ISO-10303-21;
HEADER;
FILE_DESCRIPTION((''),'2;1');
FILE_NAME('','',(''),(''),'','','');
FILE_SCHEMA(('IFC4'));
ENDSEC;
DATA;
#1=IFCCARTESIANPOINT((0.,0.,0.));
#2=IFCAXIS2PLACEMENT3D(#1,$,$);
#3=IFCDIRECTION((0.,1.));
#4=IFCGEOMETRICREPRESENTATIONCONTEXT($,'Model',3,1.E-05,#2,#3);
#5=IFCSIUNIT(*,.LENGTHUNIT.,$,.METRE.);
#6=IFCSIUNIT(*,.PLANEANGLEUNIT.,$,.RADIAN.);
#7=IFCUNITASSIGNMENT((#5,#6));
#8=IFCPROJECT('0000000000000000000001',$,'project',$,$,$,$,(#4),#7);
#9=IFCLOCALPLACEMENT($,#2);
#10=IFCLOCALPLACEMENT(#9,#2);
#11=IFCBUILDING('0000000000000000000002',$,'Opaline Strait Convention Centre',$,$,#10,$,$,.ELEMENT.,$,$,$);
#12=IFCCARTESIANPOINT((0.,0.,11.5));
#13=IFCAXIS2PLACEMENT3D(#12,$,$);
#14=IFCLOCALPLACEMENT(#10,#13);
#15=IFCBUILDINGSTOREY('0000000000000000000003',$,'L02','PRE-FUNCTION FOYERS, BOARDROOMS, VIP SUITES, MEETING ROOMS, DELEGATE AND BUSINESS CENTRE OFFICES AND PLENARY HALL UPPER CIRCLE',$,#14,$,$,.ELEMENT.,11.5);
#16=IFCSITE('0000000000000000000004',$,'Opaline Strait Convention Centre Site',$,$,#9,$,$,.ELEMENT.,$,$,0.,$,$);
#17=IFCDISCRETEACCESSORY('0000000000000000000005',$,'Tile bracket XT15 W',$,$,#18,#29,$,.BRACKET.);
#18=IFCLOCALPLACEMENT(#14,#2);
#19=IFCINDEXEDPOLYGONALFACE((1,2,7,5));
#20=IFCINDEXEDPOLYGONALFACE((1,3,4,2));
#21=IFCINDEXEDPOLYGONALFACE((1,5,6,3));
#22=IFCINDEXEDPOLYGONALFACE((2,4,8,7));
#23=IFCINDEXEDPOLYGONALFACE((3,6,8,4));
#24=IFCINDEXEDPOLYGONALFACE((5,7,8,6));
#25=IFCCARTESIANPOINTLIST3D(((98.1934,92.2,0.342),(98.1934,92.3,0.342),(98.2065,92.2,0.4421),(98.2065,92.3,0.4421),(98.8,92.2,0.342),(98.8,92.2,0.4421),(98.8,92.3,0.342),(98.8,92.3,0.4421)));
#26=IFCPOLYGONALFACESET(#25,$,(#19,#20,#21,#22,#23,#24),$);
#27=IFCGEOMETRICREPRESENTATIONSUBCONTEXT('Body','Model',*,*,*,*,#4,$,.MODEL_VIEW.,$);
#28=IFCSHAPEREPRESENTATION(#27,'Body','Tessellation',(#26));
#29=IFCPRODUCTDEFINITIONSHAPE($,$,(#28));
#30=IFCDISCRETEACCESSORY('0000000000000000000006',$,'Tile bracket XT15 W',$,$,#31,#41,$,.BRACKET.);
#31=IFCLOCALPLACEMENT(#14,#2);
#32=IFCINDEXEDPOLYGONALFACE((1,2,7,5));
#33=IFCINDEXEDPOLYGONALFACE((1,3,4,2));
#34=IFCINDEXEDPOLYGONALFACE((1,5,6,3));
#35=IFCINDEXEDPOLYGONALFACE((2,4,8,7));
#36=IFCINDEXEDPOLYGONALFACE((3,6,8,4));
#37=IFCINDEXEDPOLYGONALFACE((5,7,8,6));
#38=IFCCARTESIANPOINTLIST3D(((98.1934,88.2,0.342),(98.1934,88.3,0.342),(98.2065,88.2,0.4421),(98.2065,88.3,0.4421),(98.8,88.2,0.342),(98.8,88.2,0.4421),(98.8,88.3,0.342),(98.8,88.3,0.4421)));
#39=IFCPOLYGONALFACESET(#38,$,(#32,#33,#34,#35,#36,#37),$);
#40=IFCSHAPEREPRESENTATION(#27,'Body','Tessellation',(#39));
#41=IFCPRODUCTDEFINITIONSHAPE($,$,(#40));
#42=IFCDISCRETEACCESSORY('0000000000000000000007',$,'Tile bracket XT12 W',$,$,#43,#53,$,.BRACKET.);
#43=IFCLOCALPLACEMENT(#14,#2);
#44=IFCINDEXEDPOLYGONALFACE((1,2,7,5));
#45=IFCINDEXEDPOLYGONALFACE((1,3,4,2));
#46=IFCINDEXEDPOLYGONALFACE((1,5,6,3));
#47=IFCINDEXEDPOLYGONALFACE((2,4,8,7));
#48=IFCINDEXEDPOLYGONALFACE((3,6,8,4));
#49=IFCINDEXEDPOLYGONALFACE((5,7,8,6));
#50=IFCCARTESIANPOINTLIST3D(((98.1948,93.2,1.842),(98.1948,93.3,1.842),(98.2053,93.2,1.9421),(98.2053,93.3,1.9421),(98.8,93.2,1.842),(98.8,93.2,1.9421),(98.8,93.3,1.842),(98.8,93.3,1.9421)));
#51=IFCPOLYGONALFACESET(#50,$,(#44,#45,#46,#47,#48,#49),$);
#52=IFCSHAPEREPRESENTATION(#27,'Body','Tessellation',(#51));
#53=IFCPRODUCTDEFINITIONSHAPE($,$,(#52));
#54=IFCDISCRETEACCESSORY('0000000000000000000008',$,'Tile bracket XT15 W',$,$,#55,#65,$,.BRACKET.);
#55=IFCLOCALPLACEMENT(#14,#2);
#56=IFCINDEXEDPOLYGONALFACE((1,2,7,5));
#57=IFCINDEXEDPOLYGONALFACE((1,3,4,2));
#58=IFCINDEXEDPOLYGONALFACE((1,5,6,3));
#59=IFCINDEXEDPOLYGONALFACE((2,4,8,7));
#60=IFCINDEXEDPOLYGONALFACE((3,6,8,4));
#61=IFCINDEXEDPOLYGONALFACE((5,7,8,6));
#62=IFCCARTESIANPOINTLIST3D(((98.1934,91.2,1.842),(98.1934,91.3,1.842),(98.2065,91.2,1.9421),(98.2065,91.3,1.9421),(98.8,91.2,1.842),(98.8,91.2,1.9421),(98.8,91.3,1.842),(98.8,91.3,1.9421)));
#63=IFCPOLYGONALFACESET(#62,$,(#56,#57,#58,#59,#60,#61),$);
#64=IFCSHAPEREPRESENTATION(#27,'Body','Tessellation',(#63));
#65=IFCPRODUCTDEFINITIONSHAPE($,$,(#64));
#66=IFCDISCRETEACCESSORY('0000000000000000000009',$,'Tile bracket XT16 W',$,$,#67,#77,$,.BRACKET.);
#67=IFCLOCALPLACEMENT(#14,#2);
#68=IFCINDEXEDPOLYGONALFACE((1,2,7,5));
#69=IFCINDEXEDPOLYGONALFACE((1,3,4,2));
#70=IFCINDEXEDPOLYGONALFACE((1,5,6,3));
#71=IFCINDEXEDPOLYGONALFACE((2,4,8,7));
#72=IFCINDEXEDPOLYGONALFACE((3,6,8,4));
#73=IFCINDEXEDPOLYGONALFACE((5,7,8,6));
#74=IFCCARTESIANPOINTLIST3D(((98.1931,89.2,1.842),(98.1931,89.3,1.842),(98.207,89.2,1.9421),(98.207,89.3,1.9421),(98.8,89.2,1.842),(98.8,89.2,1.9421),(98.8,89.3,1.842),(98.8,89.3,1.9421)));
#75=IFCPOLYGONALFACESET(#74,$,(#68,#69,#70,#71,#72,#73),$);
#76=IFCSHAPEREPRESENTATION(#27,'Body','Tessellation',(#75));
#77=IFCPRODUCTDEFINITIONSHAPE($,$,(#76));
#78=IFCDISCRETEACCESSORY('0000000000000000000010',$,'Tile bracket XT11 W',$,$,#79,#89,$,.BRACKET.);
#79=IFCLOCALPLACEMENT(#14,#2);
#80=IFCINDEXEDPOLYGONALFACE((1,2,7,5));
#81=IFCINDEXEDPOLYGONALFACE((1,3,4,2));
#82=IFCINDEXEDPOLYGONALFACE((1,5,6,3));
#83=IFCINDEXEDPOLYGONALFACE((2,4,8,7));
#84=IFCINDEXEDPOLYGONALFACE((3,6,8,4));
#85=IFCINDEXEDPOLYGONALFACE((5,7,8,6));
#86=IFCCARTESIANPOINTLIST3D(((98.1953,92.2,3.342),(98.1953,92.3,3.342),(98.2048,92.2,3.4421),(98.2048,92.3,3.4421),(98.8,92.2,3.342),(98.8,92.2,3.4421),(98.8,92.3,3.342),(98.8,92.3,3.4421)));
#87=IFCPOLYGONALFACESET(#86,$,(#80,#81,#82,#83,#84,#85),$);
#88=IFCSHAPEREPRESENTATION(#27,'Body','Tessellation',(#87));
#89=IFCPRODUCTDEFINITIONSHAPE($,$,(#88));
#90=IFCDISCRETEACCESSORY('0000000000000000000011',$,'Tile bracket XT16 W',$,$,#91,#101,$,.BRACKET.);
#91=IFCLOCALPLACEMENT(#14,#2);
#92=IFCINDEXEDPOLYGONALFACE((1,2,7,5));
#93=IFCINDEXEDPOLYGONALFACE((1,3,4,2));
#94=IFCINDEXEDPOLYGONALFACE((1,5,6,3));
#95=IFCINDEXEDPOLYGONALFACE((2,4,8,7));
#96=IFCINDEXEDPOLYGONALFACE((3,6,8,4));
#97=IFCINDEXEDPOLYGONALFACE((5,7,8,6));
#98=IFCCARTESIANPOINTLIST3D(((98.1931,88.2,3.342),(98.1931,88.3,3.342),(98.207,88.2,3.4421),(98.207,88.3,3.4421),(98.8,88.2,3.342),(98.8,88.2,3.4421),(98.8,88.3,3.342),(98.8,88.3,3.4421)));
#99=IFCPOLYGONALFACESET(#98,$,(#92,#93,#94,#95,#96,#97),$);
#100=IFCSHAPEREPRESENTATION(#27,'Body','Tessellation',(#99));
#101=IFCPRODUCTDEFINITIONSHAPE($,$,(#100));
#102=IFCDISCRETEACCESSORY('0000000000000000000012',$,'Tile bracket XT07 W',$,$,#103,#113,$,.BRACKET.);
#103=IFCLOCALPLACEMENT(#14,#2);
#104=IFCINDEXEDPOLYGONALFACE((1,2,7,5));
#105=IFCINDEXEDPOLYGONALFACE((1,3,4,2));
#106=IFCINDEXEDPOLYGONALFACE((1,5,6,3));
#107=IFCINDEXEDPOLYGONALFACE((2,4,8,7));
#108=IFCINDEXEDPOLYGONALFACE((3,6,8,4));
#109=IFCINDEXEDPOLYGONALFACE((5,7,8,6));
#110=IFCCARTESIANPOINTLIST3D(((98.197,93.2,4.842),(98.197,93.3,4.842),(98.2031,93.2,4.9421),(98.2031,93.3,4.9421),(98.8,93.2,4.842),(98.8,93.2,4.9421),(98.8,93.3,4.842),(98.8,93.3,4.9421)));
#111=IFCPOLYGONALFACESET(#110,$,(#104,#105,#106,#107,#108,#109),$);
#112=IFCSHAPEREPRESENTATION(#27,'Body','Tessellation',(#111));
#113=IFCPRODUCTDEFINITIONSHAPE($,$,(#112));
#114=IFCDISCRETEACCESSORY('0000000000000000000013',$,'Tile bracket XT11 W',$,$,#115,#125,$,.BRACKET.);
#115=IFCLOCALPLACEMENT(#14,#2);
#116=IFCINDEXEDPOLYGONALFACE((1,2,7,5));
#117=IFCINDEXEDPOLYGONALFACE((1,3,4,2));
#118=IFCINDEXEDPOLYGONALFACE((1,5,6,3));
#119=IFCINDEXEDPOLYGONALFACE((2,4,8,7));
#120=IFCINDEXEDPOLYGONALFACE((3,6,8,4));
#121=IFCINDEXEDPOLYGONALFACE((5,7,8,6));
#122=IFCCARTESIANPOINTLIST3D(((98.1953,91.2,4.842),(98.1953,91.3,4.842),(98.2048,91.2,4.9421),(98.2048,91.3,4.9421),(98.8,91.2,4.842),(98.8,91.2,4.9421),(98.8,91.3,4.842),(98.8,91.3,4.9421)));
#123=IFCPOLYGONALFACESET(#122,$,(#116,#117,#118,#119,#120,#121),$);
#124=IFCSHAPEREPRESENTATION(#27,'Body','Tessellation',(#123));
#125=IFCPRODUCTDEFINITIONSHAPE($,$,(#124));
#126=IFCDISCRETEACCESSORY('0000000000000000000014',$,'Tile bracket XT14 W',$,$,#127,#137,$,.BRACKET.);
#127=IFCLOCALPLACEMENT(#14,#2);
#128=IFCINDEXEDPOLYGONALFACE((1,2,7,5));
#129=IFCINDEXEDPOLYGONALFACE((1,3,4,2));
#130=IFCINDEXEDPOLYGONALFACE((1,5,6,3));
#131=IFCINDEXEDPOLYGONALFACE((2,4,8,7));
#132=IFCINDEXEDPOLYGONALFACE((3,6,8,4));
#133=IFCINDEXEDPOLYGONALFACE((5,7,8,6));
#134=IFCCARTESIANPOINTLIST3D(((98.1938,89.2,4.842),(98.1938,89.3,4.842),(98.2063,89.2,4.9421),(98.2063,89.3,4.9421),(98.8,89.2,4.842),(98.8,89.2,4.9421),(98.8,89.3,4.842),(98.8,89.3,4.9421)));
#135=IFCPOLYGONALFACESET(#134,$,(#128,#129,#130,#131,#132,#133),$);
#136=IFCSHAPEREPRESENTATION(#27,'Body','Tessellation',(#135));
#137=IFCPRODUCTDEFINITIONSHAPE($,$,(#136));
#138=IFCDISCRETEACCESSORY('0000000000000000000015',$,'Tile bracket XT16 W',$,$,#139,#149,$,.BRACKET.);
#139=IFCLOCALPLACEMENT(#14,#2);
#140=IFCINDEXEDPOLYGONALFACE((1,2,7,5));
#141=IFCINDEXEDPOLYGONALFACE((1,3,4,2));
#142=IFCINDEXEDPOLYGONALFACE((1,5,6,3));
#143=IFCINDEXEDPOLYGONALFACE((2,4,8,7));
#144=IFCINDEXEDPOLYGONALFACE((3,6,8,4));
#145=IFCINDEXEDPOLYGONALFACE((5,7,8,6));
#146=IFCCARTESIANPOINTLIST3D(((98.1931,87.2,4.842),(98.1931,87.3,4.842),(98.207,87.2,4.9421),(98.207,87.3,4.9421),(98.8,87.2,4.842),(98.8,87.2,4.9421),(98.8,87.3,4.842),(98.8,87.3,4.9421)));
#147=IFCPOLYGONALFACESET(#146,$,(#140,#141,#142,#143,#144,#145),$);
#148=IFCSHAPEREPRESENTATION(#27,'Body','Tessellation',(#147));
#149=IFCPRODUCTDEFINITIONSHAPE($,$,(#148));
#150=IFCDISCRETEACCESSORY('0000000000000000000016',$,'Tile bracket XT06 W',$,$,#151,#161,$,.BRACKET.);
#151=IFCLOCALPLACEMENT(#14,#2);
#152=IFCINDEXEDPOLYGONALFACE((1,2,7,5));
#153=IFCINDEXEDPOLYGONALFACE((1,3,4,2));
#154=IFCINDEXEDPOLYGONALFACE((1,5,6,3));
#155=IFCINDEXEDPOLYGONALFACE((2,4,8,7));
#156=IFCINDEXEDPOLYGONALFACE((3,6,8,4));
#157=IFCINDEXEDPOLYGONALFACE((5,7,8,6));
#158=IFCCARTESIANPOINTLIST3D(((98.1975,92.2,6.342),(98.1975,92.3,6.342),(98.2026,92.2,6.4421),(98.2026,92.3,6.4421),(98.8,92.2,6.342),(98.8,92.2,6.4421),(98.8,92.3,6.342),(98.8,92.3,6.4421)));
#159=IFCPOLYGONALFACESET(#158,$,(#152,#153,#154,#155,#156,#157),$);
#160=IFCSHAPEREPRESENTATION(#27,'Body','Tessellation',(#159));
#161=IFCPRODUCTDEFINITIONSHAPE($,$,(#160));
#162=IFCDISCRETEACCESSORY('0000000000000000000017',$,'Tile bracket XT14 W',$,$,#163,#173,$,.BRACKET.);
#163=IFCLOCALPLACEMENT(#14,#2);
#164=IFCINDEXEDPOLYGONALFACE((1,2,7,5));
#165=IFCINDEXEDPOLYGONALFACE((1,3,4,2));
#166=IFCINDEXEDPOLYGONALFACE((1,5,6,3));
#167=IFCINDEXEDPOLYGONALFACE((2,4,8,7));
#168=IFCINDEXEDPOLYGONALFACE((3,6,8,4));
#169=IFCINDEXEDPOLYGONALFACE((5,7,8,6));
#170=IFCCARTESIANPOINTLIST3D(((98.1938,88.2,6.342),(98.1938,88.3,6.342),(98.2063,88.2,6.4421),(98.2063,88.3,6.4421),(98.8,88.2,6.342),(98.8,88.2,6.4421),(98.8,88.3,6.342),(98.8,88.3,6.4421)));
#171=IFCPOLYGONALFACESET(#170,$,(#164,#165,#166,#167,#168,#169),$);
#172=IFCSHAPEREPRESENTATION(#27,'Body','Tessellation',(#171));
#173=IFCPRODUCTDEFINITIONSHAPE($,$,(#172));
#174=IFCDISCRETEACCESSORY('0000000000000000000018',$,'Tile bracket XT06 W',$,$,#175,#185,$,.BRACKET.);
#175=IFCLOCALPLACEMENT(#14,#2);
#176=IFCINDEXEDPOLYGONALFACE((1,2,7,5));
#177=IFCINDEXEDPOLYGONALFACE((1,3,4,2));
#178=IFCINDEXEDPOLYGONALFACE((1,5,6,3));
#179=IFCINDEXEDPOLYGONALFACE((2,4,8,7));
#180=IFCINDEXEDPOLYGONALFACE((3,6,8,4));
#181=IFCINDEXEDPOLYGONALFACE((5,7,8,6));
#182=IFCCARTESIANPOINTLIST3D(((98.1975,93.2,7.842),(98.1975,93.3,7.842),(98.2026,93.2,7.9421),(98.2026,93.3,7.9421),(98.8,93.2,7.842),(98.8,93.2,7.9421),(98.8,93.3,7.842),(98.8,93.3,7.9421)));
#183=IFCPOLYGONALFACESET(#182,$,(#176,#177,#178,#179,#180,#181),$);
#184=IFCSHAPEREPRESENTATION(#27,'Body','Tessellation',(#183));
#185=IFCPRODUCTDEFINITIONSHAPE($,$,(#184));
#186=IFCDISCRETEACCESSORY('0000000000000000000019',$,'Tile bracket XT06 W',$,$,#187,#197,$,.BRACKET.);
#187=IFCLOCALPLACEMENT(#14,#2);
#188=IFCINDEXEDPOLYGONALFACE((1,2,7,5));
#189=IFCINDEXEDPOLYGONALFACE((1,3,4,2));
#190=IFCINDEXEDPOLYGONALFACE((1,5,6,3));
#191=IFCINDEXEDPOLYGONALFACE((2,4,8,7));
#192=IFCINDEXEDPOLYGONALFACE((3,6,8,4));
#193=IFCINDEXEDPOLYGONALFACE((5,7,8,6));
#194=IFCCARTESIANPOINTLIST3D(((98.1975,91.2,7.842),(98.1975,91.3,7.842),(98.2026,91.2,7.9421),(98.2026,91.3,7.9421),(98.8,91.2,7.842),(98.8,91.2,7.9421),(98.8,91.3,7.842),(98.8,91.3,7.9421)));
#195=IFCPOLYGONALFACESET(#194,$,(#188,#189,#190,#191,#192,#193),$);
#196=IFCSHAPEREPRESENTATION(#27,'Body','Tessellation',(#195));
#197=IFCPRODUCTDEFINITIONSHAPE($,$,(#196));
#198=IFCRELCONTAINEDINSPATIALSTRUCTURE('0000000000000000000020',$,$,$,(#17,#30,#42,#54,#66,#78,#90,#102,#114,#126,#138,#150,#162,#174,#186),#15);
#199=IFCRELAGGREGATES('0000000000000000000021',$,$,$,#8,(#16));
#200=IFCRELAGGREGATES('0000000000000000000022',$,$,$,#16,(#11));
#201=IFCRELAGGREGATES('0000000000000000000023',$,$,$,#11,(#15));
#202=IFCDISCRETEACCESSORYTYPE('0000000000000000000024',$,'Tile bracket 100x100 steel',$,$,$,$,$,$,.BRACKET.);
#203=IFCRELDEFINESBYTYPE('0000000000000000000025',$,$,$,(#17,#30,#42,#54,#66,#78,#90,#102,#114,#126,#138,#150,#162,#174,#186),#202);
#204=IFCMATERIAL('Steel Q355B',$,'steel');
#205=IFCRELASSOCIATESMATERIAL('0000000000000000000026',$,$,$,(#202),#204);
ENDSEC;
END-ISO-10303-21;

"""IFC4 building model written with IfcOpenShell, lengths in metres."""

from ifc_helpers import new_model, si_unit, direction, frame, origin, place, context, subcontext, project, spatial, polyline, outline, extrude, material, type_object, element, save


model = new_model("IFC4")

# Units and contexts
model_context = context("Model", 3, precision=1e-05, world=origin(), true_north=direction((0.0, 1.0)))
body_context = subcontext(model_context, "Body", "Model", "MODEL_VIEW")
ifc_project = project(units=[si_unit("LENGTHUNIT", "METRE"), si_unit("PLANEANGLEUNIT", "RADIAN")], contexts=[model_context])

# Site, building, storey
site_placement = place(None, origin())
site = spatial("IfcSite", under=ifc_project, at=site_placement, Name="Opaline Strait Convention Centre Site", CompositionType="ELEMENT", RefElevation=0.0)
building_placement = place(site_placement, origin())
building = spatial("IfcBuilding", under=site, at=building_placement, Name="Opaline Strait Convention Centre", CompositionType="ELEMENT")
storey_placement = place(building_placement, frame((0.0, 0.0, 11.5)))
storey = spatial("IfcBuildingStorey", under=building, at=storey_placement, Name="L02", Description="PRE-FUNCTION FOYERS, BOARDROOMS, VIP SUITES, MEETING ROOMS, DELEGATE AND BUSINESS CENTRE OFFICES AND PLENARY HALL UPPER CIRCLE", CompositionType="ELEMENT", Elevation=11.5)

# Shared definitions
ifc_material_1 = material(Name="Steel Q355B", Category="steel")

# Discrete accessories
discrete_accessory_type = type_object("IfcDiscreteAccessoryType", Name="Tile bracket 100x100 steel", PredefinedType="BRACKET", material=ifc_material_1)
for number, where, z_axis, x_axis, name in (
    (1, (98.8, 92.3, 0.3921), (0.0, -1.0, 0.0), (1.0, 0.0, 0.0), "Tile bracket XT15 W"),
    (2, (98.8, 88.3, 0.3921), (0.0, -1.0, 0.0), (1.0, 0.0, 0.0), "Tile bracket XT15 W"),
):
    element("IfcDiscreteAccessory", number, at=place(storey_placement, frame(where, z_axis=z_axis, x_axis=x_axis)), inside=storey, type_object=discrete_accessory_type, Name=name, PredefinedType="BRACKET", context=body_context, shape_type="SweptSolid", body=[
        extrude(outline(polyline([(0.0, -0.05), (0.0, 0.05), (-0.5935, 0.05), (-0.6067, -0.05), (0.0, -0.05)])), origin(), (0.0, 0.0, 1.0), 0.1001),
    ])
discrete_accessory_1_placement = place(storey_placement, frame((98.8, 93.3, 1.8921), z_axis=(0.0, -1.0, 0.0), x_axis=(1.0, 0.0, 0.0)))
element("IfcDiscreteAccessory", 3, at=discrete_accessory_1_placement, inside=storey, type_object=discrete_accessory_type, Name="Tile bracket XT12 W", PredefinedType="BRACKET", context=body_context, shape_type="SweptSolid", body=[
    extrude(outline(polyline([(0.0, -0.05), (0.0, 0.05), (-0.5947, 0.05), (-0.6052, -0.05), (0.0, -0.05)])), origin(), (0.0, 0.0, 1.0), 0.1001),
])
discrete_accessory_2_placement = place(storey_placement, frame((98.8, 91.3, 1.8921), z_axis=(0.0, -1.0, 0.0), x_axis=(1.0, 0.0, 0.0)))
element("IfcDiscreteAccessory", 4, at=discrete_accessory_2_placement, inside=storey, type_object=discrete_accessory_type, Name="Tile bracket XT15 W", PredefinedType="BRACKET", context=body_context, shape_type="SweptSolid", body=[
    extrude(outline(polyline([(0.0, -0.05), (0.0, 0.05), (-0.5935, 0.05), (-0.6067, -0.05), (0.0, -0.05)])), origin(), (0.0, 0.0, 1.0), 0.1001),
])
discrete_accessory_3_placement = place(storey_placement, frame((98.8, 89.3, 1.8921), z_axis=(0.0, -1.0, 0.0), x_axis=(1.0, 0.0, 0.0)))
element("IfcDiscreteAccessory", 5, at=discrete_accessory_3_placement, inside=storey, type_object=discrete_accessory_type, Name="Tile bracket XT16 W", PredefinedType="BRACKET", context=body_context, shape_type="SweptSolid", body=[
    extrude(outline(polyline([(0.0, -0.05), (0.0, 0.05), (-0.593, 0.05), (-0.6069, -0.05), (0.0, -0.05)])), origin(), (0.0, 0.0, 1.0), 0.1001),
])
discrete_accessory_4_placement = place(storey_placement, frame((98.8, 92.3, 3.3921), z_axis=(0.0, -1.0, 0.0), x_axis=(1.0, 0.0, 0.0)))
element("IfcDiscreteAccessory", 6, at=discrete_accessory_4_placement, inside=storey, type_object=discrete_accessory_type, Name="Tile bracket XT11 W", PredefinedType="BRACKET", context=body_context, shape_type="SweptSolid", body=[
    extrude(outline(polyline([(0.0, -0.05), (0.0, 0.05), (-0.5952, 0.05), (-0.6047, -0.05), (0.0, -0.05)])), origin(), (0.0, 0.0, 1.0), 0.1001),
])
discrete_accessory_5_placement = place(storey_placement, frame((98.8, 88.3, 3.3921), z_axis=(0.0, -1.0, 0.0), x_axis=(1.0, 0.0, 0.0)))
element("IfcDiscreteAccessory", 7, at=discrete_accessory_5_placement, inside=storey, type_object=discrete_accessory_type, Name="Tile bracket XT16 W", PredefinedType="BRACKET", context=body_context, shape_type="SweptSolid", body=[
    extrude(outline(polyline([(0.0, -0.05), (0.0, 0.05), (-0.593, 0.05), (-0.6069, -0.05), (0.0, -0.05)])), origin(), (0.0, 0.0, 1.0), 0.1001),
])
discrete_accessory_6_placement = place(storey_placement, frame((98.8, 93.3, 4.8921), z_axis=(0.0, -1.0, 0.0), x_axis=(1.0, 0.0, 0.0)))
element("IfcDiscreteAccessory", 8, at=discrete_accessory_6_placement, inside=storey, type_object=discrete_accessory_type, Name="Tile bracket XT07 W", PredefinedType="BRACKET", context=body_context, shape_type="SweptSolid", body=[
    extrude(outline(polyline([(0.0, -0.05), (0.0, 0.05), (-0.5969, 0.05), (-0.603, -0.05), (0.0, -0.05)])), origin(), (0.0, 0.0, 1.0), 0.1001),
])
discrete_accessory_7_placement = place(storey_placement, frame((98.8, 91.3, 4.8921), z_axis=(0.0, -1.0, 0.0), x_axis=(1.0, 0.0, 0.0)))
element("IfcDiscreteAccessory", 9, at=discrete_accessory_7_placement, inside=storey, type_object=discrete_accessory_type, Name="Tile bracket XT11 W", PredefinedType="BRACKET", context=body_context, shape_type="SweptSolid", body=[
    extrude(outline(polyline([(0.0, -0.05), (0.0, 0.05), (-0.5952, 0.05), (-0.6047, -0.05), (0.0, -0.05)])), origin(), (0.0, 0.0, 1.0), 0.1001),
])
discrete_accessory_8_placement = place(storey_placement, frame((98.8, 89.3, 4.8921), z_axis=(0.0, -1.0, 0.0), x_axis=(1.0, 0.0, 0.0)))
element("IfcDiscreteAccessory", 10, at=discrete_accessory_8_placement, inside=storey, type_object=discrete_accessory_type, Name="Tile bracket XT14 W", PredefinedType="BRACKET", context=body_context, shape_type="SweptSolid", body=[
    extrude(outline(polyline([(0.0, -0.05), (0.0, 0.05), (-0.5938, 0.05), (-0.6062, -0.05), (0.0, -0.05)])), origin(), (0.0, 0.0, 1.0), 0.1001),
])
discrete_accessory_9_placement = place(storey_placement, frame((98.8, 87.3, 4.8921), z_axis=(0.0, -1.0, 0.0), x_axis=(1.0, 0.0, 0.0)))
element("IfcDiscreteAccessory", 11, at=discrete_accessory_9_placement, inside=storey, type_object=discrete_accessory_type, Name="Tile bracket XT16 W", PredefinedType="BRACKET", context=body_context, shape_type="SweptSolid", body=[
    extrude(outline(polyline([(0.0, -0.05), (0.0, 0.05), (-0.593, 0.05), (-0.6069, -0.05), (0.0, -0.05)])), origin(), (0.0, 0.0, 1.0), 0.1001),
])
discrete_accessory_10_placement = place(storey_placement, frame((98.8, 92.3, 6.3921), z_axis=(0.0, -1.0, 0.0), x_axis=(1.0, 0.0, 0.0)))
element("IfcDiscreteAccessory", 12, at=discrete_accessory_10_placement, inside=storey, type_object=discrete_accessory_type, Name="Tile bracket XT06 W", PredefinedType="BRACKET", context=body_context, shape_type="SweptSolid", body=[
    extrude(outline(polyline([(0.0, -0.05), (0.0, 0.05), (-0.5974, 0.05), (-0.6025, -0.05), (0.0, -0.05)])), origin(), (0.0, 0.0, 1.0), 0.1001),
])
discrete_accessory_11_placement = place(storey_placement, frame((98.8, 88.3, 6.3921), z_axis=(0.0, -1.0, 0.0), x_axis=(1.0, 0.0, 0.0)))
element("IfcDiscreteAccessory", 13, at=discrete_accessory_11_placement, inside=storey, type_object=discrete_accessory_type, Name="Tile bracket XT14 W", PredefinedType="BRACKET", context=body_context, shape_type="SweptSolid", body=[
    extrude(outline(polyline([(0.0, -0.05), (0.0, 0.05), (-0.5938, 0.05), (-0.6062, -0.05), (0.0, -0.05)])), origin(), (0.0, 0.0, 1.0), 0.1001),
])
for number, where, z_axis, x_axis, name in (
    (14, (98.8, 93.3, 7.8921), (0.0, -1.0, 0.0), (1.0, 0.0, 0.0), "Tile bracket XT06 W"),
    (15, (98.8, 91.3, 7.8921), (0.0, -1.0, 0.0), (1.0, 0.0, 0.0), "Tile bracket XT06 W"),
):
    element("IfcDiscreteAccessory", number, at=place(storey_placement, frame(where, z_axis=z_axis, x_axis=x_axis)), inside=storey, type_object=discrete_accessory_type, Name=name, PredefinedType="BRACKET", context=body_context, shape_type="SweptSolid", body=[
        extrude(outline(polyline([(0.0, -0.05), (0.0, 0.05), (-0.5974, 0.05), (-0.6025, -0.05), (0.0, -0.05)])), origin(), (0.0, 0.0, 1.0), 0.1001),
    ])

save(model, "model.ifc")
